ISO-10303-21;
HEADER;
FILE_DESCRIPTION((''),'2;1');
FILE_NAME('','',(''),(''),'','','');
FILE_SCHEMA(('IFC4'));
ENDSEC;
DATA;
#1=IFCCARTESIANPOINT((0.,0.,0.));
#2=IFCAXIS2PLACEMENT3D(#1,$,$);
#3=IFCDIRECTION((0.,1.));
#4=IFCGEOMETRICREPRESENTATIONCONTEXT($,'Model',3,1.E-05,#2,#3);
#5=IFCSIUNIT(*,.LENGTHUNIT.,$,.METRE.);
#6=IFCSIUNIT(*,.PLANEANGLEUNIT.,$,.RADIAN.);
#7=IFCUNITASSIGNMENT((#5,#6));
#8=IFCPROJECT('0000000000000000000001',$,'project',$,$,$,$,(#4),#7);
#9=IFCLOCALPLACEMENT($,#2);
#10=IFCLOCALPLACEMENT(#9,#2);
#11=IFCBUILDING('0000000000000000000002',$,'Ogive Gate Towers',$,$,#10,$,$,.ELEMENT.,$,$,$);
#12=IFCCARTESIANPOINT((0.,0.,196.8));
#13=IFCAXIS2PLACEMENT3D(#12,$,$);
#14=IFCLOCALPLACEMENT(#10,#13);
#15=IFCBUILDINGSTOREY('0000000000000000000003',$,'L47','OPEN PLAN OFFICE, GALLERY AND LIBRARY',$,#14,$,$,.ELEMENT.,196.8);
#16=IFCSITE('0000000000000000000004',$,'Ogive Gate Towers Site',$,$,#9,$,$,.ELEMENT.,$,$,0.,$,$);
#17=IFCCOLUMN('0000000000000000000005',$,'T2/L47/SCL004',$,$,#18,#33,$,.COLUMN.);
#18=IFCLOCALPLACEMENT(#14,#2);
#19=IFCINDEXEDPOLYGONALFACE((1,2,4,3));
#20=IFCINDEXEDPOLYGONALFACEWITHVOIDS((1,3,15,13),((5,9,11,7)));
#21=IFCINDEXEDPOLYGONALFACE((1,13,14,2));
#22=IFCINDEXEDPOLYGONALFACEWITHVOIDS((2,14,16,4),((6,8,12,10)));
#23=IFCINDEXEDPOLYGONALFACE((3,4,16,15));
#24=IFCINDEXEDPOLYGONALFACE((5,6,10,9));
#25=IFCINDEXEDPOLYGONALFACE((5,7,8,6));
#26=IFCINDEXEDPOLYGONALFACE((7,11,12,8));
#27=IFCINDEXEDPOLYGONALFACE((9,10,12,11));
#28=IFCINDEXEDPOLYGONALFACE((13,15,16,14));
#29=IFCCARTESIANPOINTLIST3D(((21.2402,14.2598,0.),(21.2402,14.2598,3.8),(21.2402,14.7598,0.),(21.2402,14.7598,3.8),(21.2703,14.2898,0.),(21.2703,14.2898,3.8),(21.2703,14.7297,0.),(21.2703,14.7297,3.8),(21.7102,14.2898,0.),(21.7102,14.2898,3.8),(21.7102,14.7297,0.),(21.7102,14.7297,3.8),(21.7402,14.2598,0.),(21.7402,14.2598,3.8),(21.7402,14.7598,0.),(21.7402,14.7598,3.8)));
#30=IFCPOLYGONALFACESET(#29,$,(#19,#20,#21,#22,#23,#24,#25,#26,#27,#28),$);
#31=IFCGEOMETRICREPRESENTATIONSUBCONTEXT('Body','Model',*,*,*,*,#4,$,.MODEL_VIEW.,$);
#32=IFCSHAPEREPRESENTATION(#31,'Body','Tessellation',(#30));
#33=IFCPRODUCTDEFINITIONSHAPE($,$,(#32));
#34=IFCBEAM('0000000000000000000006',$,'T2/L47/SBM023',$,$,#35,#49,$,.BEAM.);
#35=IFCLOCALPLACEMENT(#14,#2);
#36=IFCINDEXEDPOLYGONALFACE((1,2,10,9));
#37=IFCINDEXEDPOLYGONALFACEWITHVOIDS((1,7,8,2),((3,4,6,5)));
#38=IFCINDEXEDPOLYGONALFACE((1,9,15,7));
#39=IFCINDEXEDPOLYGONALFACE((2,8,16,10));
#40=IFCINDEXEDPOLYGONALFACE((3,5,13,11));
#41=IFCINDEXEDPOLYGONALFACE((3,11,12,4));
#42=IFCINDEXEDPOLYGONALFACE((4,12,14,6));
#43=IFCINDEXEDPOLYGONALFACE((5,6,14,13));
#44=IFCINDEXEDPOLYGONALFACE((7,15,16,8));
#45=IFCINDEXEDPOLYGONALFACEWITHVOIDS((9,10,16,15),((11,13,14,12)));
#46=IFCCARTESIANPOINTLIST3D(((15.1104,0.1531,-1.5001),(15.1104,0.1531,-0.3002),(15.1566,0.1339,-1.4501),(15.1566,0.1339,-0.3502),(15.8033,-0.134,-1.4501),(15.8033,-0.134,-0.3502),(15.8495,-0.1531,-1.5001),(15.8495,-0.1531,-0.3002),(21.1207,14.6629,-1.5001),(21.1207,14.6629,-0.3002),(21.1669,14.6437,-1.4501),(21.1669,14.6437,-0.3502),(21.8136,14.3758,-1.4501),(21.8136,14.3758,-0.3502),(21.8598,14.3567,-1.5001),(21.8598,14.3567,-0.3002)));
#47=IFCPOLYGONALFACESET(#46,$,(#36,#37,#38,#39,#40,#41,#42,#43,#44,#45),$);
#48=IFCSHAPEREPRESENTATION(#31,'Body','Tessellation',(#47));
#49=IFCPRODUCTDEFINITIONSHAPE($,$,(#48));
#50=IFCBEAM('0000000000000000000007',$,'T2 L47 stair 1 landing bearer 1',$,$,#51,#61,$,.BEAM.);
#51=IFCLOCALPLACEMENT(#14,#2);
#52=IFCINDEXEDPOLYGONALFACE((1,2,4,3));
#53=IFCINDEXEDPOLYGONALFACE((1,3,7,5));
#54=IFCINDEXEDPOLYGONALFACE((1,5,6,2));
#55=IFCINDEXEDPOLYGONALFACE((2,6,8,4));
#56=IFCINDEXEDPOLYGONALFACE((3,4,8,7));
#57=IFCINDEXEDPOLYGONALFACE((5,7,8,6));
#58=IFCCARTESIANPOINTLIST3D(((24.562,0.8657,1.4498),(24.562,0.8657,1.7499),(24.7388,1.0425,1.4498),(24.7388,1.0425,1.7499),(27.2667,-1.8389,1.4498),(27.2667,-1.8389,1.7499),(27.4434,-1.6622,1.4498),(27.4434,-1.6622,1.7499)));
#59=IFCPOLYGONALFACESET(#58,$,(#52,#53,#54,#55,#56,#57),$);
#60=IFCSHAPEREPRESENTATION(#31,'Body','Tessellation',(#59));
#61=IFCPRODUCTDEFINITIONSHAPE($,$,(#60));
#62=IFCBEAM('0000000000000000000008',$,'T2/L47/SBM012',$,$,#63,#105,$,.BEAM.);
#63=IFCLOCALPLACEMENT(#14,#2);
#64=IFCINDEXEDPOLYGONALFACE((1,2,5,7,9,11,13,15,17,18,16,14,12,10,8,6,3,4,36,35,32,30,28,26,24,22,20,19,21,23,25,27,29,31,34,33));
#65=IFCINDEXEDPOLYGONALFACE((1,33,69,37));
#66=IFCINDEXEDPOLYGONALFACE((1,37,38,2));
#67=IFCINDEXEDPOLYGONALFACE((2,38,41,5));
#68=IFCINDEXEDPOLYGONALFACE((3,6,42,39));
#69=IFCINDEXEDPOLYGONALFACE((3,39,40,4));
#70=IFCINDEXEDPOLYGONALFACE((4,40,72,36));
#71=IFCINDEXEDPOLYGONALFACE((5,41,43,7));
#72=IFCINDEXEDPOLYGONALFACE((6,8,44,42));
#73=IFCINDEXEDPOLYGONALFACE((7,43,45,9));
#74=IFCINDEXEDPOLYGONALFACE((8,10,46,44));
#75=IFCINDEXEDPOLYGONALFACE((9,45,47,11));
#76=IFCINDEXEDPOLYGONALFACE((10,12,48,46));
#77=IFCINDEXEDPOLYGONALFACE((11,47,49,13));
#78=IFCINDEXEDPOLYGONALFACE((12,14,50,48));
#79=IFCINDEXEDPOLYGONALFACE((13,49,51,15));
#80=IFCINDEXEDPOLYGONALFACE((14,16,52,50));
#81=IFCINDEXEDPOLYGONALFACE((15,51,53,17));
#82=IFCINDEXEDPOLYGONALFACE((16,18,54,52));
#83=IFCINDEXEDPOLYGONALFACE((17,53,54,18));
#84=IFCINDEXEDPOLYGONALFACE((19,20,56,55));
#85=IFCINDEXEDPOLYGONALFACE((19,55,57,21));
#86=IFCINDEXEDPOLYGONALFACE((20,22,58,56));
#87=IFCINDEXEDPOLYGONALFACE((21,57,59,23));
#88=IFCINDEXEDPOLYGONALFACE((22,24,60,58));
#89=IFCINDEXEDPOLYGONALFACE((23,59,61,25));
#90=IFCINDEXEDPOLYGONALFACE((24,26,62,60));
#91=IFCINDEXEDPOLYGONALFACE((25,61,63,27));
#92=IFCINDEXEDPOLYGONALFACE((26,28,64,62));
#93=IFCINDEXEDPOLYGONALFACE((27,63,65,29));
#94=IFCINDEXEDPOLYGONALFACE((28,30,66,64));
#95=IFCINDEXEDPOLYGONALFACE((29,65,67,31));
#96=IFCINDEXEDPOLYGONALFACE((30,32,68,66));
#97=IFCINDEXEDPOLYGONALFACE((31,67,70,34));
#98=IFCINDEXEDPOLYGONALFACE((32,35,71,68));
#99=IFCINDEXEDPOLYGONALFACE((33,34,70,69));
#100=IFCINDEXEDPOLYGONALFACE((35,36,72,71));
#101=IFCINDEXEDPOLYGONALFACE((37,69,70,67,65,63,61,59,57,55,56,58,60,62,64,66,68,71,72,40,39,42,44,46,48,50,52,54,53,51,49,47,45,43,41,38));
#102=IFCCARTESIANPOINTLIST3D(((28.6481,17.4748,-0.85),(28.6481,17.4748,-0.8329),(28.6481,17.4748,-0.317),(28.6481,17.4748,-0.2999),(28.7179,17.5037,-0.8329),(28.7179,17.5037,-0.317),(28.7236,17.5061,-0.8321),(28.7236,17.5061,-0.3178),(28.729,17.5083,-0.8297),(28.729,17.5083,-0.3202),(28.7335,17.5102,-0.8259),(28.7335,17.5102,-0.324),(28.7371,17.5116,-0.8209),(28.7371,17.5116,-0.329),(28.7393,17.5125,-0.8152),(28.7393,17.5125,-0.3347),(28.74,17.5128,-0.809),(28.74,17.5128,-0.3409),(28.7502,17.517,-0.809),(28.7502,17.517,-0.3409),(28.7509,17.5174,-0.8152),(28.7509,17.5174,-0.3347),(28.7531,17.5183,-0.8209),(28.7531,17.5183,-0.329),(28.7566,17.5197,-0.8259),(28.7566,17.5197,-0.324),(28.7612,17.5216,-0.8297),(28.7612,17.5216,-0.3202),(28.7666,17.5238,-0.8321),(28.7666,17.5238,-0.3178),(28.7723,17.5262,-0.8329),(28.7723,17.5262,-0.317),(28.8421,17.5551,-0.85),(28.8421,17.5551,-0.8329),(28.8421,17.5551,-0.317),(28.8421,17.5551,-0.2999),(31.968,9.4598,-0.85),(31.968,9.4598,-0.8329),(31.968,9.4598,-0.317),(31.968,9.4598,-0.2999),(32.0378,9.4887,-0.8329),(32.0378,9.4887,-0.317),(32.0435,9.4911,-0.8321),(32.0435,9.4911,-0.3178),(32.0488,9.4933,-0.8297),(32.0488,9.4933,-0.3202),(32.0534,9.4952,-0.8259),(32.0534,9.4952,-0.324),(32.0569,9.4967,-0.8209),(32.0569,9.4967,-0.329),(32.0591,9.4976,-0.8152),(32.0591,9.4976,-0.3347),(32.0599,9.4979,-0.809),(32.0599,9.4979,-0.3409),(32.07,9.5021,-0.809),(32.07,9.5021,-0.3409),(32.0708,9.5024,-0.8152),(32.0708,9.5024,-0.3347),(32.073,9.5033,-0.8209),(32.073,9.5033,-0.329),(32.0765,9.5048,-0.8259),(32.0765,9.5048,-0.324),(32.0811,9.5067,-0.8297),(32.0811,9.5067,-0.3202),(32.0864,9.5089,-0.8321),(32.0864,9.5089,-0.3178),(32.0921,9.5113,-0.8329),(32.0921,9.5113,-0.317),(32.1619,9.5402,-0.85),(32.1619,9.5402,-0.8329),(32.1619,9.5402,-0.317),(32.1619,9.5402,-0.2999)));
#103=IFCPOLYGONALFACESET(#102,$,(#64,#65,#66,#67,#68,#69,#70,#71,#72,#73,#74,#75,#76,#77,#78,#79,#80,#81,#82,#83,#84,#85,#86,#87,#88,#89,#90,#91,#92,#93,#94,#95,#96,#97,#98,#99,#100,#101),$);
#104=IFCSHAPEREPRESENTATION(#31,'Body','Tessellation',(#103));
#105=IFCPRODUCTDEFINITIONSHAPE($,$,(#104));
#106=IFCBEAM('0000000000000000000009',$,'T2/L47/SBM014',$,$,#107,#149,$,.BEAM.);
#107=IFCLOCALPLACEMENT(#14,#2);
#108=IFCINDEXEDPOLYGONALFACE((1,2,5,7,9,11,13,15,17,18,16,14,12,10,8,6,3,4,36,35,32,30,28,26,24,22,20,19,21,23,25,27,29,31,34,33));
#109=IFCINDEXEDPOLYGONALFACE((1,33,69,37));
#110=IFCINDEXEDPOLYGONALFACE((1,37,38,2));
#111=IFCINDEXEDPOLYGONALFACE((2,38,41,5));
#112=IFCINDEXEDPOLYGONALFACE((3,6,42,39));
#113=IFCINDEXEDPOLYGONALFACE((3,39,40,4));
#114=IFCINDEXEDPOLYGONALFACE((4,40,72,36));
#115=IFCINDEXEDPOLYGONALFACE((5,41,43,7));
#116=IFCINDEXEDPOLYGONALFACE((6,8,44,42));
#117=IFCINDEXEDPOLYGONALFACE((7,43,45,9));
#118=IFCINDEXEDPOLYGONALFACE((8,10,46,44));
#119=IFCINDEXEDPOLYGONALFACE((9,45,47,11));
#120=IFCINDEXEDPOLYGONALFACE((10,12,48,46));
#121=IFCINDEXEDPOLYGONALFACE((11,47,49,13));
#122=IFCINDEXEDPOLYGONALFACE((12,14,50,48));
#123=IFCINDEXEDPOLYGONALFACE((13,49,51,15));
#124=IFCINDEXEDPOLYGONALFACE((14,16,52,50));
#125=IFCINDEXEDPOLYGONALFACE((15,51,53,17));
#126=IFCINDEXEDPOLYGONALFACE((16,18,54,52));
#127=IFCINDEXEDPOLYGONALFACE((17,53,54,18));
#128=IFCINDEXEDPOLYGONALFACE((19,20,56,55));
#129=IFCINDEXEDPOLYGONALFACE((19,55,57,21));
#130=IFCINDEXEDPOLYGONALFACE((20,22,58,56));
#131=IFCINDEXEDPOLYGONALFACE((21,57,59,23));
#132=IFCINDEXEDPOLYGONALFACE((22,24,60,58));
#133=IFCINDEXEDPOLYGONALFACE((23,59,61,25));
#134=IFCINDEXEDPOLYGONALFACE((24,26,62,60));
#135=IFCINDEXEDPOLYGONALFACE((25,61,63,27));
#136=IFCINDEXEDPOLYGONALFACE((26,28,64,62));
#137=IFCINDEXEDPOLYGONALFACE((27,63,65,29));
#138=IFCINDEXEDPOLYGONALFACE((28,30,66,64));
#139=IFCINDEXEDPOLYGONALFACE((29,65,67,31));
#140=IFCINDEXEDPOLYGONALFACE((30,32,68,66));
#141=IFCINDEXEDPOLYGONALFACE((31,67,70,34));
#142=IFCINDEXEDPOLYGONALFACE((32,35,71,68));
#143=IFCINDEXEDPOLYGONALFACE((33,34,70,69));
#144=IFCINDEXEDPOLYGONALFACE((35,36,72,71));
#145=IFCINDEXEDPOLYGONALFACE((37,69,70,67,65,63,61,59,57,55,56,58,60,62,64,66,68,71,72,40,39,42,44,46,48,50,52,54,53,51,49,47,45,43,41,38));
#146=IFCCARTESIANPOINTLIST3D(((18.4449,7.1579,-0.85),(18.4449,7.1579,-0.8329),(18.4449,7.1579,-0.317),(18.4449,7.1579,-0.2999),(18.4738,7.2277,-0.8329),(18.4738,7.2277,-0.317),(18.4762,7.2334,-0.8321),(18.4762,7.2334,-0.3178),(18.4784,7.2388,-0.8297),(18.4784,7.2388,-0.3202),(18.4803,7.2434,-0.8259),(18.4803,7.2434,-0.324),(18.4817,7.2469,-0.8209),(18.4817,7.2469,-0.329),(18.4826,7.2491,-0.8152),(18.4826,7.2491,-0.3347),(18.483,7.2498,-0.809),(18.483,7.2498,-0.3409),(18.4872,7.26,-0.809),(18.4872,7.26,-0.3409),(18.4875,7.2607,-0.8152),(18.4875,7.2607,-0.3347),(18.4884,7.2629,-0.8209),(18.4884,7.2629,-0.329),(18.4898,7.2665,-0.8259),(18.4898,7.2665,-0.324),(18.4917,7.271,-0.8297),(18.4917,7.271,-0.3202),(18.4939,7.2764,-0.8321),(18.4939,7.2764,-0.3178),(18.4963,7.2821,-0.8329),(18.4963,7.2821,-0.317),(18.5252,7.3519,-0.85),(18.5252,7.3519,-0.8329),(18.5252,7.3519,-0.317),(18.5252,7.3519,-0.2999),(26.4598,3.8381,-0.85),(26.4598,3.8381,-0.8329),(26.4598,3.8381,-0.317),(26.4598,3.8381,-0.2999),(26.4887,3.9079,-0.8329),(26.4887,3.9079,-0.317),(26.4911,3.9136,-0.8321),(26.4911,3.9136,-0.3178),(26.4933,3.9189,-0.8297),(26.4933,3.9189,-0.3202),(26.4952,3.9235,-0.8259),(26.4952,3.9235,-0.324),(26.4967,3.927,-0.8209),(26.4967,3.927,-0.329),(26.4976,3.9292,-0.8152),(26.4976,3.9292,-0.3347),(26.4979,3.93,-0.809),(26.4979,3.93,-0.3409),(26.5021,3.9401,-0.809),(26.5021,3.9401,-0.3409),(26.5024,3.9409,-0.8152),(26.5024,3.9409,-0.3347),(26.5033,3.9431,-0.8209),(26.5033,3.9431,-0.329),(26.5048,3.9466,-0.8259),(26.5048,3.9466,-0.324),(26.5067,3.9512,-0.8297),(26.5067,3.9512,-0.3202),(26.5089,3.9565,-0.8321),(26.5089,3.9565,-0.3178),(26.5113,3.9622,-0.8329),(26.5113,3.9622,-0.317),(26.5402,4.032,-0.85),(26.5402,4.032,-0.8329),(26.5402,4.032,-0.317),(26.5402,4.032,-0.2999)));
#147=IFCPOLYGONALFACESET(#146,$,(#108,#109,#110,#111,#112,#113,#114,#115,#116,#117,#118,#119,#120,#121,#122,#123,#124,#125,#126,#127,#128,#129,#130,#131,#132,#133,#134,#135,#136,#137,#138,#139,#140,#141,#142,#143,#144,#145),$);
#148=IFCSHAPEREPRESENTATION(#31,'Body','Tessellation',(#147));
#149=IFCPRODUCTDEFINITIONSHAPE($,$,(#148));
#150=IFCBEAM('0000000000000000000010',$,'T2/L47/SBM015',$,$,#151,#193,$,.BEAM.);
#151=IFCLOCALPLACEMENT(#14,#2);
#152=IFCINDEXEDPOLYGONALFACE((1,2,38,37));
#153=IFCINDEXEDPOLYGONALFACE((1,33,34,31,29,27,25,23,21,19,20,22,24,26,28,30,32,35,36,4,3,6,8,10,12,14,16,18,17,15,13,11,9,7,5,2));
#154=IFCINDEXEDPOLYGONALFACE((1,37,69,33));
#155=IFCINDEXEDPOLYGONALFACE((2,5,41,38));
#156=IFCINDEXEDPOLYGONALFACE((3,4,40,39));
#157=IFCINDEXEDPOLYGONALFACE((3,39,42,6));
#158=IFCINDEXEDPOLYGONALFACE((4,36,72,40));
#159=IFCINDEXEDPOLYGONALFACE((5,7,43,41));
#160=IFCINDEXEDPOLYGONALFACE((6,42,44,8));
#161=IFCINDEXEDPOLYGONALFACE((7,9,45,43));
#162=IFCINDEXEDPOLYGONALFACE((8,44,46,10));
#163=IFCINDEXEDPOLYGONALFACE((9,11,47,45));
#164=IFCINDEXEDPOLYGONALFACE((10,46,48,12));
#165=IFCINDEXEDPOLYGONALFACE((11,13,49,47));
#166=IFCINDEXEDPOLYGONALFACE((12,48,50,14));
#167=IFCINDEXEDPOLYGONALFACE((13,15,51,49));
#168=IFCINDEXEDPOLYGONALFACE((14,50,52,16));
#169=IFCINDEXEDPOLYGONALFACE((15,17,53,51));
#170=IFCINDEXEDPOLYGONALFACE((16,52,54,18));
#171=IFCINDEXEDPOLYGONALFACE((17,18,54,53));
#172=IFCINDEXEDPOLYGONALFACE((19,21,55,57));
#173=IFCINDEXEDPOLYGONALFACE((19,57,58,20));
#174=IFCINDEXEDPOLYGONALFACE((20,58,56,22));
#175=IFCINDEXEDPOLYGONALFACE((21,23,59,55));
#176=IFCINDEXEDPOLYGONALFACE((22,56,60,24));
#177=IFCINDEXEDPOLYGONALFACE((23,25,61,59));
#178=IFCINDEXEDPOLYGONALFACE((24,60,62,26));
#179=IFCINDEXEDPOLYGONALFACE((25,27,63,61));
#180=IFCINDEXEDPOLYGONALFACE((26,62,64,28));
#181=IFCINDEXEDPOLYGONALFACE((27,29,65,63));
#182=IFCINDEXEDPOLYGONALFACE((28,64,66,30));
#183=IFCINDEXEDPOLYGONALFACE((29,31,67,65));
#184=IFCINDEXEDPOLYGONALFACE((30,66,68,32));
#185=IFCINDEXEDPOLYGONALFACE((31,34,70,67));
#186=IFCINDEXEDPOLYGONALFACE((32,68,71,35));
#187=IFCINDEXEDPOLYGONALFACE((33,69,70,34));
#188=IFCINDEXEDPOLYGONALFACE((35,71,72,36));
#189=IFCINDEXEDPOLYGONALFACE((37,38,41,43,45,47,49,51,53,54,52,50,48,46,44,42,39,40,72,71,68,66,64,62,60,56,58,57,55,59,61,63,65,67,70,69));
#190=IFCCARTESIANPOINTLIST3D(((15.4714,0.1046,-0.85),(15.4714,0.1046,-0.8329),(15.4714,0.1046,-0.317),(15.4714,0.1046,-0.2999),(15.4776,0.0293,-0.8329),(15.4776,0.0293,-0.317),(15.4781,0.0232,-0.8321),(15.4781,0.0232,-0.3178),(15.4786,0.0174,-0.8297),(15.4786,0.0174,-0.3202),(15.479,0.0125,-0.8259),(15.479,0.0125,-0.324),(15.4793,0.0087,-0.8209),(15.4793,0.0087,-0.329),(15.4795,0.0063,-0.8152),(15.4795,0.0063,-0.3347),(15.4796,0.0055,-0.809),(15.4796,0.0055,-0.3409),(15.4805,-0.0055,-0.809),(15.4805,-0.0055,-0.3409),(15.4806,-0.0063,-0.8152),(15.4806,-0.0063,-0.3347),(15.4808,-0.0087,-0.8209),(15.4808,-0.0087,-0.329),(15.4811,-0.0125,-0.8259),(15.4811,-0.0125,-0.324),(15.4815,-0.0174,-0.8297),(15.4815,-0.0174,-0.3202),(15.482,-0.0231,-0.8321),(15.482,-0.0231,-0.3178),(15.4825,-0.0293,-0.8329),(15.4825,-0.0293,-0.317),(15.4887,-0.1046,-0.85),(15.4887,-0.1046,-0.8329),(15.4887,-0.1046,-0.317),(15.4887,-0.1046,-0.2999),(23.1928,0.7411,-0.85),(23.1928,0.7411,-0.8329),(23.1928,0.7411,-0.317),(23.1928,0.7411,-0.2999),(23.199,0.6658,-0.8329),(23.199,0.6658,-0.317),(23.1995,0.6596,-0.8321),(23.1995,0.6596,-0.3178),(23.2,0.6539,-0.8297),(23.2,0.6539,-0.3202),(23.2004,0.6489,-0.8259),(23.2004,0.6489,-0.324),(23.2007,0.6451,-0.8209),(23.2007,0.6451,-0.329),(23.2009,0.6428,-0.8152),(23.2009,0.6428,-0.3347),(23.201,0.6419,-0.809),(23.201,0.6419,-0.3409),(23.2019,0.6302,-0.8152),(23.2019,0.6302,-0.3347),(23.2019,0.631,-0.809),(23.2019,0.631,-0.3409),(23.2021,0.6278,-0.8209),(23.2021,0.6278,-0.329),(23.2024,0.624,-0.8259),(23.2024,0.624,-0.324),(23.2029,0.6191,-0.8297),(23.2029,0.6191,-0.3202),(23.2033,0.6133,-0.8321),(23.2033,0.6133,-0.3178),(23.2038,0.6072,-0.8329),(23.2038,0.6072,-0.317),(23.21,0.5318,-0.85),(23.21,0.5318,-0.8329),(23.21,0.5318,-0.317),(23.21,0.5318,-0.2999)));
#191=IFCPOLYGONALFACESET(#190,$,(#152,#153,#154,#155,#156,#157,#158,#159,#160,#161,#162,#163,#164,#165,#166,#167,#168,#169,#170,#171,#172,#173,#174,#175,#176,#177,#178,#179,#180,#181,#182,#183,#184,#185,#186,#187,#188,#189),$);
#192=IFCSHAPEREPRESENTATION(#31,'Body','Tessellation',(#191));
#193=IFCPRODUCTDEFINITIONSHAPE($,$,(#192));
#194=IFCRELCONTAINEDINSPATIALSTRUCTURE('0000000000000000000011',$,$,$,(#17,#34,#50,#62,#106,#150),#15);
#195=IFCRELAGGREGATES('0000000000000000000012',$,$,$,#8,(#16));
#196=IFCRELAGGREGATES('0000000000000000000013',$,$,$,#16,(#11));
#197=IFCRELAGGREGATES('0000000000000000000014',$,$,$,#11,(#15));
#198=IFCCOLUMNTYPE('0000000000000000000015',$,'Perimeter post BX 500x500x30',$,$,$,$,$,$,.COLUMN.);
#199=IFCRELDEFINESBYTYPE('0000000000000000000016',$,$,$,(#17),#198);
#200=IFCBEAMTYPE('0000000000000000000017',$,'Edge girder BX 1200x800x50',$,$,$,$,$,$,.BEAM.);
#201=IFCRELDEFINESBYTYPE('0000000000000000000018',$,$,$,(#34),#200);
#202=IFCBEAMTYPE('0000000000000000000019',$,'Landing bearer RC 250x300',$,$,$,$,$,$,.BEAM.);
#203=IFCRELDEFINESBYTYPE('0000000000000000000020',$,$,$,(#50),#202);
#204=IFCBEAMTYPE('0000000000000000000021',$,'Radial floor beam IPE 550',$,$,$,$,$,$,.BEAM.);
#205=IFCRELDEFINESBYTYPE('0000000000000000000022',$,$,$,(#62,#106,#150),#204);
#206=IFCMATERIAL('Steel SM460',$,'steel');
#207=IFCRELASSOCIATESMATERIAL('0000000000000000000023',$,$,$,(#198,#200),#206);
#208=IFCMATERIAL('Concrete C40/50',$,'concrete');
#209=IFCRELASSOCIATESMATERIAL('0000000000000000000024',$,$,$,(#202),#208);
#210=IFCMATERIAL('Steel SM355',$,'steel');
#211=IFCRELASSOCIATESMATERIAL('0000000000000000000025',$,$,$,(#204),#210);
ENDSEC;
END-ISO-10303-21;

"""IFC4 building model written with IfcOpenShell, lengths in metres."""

from ifc_helpers import new_model, si_unit, direction, frame, origin, origin_2d, place, context, subcontext, project, spatial, rectangle, hollow_rectangle, i_section, extrude, material, material_profile, profile_set, type_object, element, save


model = new_model("IFC4")

# Units and contexts
model_context = context("Model", 3, precision=1e-05, world=origin(), true_north=direction((0.0, 1.0)))
body_context = subcontext(model_context, "Body", "Model", "MODEL_VIEW")
ifc_project = project(units=[si_unit("LENGTHUNIT", "METRE"), si_unit("PLANEANGLEUNIT", "RADIAN")], contexts=[model_context])

# Site, building, storey
site_placement = place(None, origin())
site = spatial("IfcSite", under=ifc_project, at=site_placement, Name="Ogive Gate Towers Site", CompositionType="ELEMENT", RefElevation=0.0)
building_placement = place(site_placement, origin())
building = spatial("IfcBuilding", under=site, at=building_placement, Name="Ogive Gate Towers", CompositionType="ELEMENT")
storey_placement = place(building_placement, frame((0.0, 0.0, 196.8)))
storey = spatial("IfcBuildingStorey", under=building, at=storey_placement, Name="L47", Description="OPEN PLAN OFFICE, GALLERY AND LIBRARY", CompositionType="ELEMENT", Elevation=196.8)

# Column
ifc_material_1 = material(Name="Steel SM460", Category="steel")
ifc_material_profile_1 = material_profile(ifc_material_1, hollow_rectangle(XDim=0.5, YDim=0.5, WallThickness=0.03, at=origin_2d()), Name="BX 500x500x30")
ifc_profile_set_1 = profile_set([ifc_material_profile_1], Name="Steel SM460")
column_type = type_object("IfcColumnType", Name="Perimeter post BX 500x500x30", PredefinedType="COLUMN", material=ifc_profile_set_1)
column_placement = place(storey_placement, frame((21.4902, 14.5098, 0.0), z_axis=(0.0, 0.0, 1.0), x_axis=(1.0, 0.0, 0.0)))
element("IfcColumn", 1, at=column_placement, inside=storey, type_object=column_type, Name="T2/L47/SCL004", PredefinedType="COLUMN", context=body_context, shape_type="SweptSolid", body=[
    extrude(hollow_rectangle(XDim=0.5, YDim=0.5, WallThickness=0.03, at=origin_2d()), origin(), (0.0, 0.0, 1.0), 3.8),
])

# Beams
ifc_material_profile_2 = material_profile(ifc_material_1, hollow_rectangle(XDim=0.8, YDim=1.2, WallThickness=0.05, at=origin_2d()), Name="BX 1200x800x50")
ifc_profile_set_2 = profile_set([ifc_material_profile_2], Name="Steel SM460")
beam_type_1 = type_object("IfcBeamType", Name="Edge girder BX 1200x800x50", PredefinedType="BEAM", material=ifc_profile_set_2)
beam_1_placement = place(storey_placement, frame((21.4902, 14.5098, -0.9001), z_axis=(-0.38269, -0.923877, 0.0), x_axis=(0.923877, -0.38269, 0.0)))
element("IfcBeam", 2, at=beam_1_placement, inside=storey, type_object=beam_type_1, Name="T2/L47/SBM023", PredefinedType="BEAM", context=body_context, shape_type="SweptSolid", body=[
    extrude(hollow_rectangle(XDim=0.8, YDim=1.2, WallThickness=0.05, at=origin_2d()), origin(), (0.0, 0.0, 1.0), 15.7053),
])
ifc_material_2 = material(Name="Concrete C40/50", Category="concrete")
ifc_material_profile_3 = material_profile(ifc_material_2, rectangle(XDim=0.25, YDim=0.3, at=origin_2d()), Name="RC 250x300")
ifc_profile_set_3 = profile_set([ifc_material_profile_3], Name="Concrete C40/50")
beam_type_2 = type_object("IfcBeamType", Name="Landing bearer RC 250x300", PredefinedType="BEAM", material=ifc_profile_set_3)
beam_2_placement = place(storey_placement, frame((24.6504, 0.9541, 1.5999), z_axis=(0.707107, -0.707107, 0.0), x_axis=(0.707107, 0.707107, 0.0)))
element("IfcBeam", 3, at=beam_2_placement, inside=storey, type_object=beam_type_2, Name="T2 L47 stair 1 landing bearer 1", PredefinedType="BEAM", context=body_context, shape_type="SweptSolid", body=[
    extrude(rectangle(XDim=0.25, YDim=0.3, at=origin_2d()), origin(), (0.0, 0.0, 1.0), 3.825),
])
ifc_material_3 = material(Name="Steel SM355", Category="steel")
ifc_material_profile_4 = material_profile(ifc_material_3, i_section(OverallWidth=0.21, OverallDepth=0.55, WebThickness=0.011, FlangeThickness=0.0171, FilletRadius=0.0239, at=origin_2d()), Name="IPE 550")
ifc_profile_set_4 = profile_set([ifc_material_profile_4], Name="Steel SM355")
beam_type_3 = type_object("IfcBeamType", Name="Radial floor beam IPE 550", PredefinedType="BEAM", material=ifc_profile_set_4)
for number, where, z_axis, x_axis, name in (
    (4, (32.0649, 9.5, -0.575), (-0.382678, 0.923882, 0.0), (-0.923882, -0.382678, 0.0), "T2/L47/SBM012"),
    (5, (26.5, 3.9351, -0.575), (-0.923882, 0.382678, 0.0), (-0.382678, -0.923882, 0.0), "T2/L47/SBM014"),
):
    element("IfcBeam", number, at=place(storey_placement, frame(where, z_axis=z_axis, x_axis=x_axis)), inside=storey, type_object=beam_type_3, Name=name, PredefinedType="BEAM", context=body_context, shape_type="SweptSolid", body=[
        extrude(i_section(OverallWidth=0.21, OverallDepth=0.55, WebThickness=0.011, FlangeThickness=0.0171, FilletRadius=0.0239, at=origin_2d()), origin(), (0.0, 0.0, 1.0), 8.6753),
    ])
beam_3_placement = place(storey_placement, frame((23.2014, 0.6365, -0.575), z_axis=(-0.99662, -0.082151, 0.0), x_axis=(0.082151, -0.99662, 0.0)))
element("IfcBeam", 6, at=beam_3_placement, inside=storey, type_object=beam_type_3, Name="T2/L47/SBM015", PredefinedType="BEAM", context=body_context, shape_type="SweptSolid", body=[
    extrude(i_section(OverallWidth=0.21, OverallDepth=0.55, WebThickness=0.011, FlangeThickness=0.0171, FilletRadius=0.0239, at=origin_2d()), origin(), (0.0, 0.0, 1.0), 7.7476),
])

save(model, "model.ifc")
